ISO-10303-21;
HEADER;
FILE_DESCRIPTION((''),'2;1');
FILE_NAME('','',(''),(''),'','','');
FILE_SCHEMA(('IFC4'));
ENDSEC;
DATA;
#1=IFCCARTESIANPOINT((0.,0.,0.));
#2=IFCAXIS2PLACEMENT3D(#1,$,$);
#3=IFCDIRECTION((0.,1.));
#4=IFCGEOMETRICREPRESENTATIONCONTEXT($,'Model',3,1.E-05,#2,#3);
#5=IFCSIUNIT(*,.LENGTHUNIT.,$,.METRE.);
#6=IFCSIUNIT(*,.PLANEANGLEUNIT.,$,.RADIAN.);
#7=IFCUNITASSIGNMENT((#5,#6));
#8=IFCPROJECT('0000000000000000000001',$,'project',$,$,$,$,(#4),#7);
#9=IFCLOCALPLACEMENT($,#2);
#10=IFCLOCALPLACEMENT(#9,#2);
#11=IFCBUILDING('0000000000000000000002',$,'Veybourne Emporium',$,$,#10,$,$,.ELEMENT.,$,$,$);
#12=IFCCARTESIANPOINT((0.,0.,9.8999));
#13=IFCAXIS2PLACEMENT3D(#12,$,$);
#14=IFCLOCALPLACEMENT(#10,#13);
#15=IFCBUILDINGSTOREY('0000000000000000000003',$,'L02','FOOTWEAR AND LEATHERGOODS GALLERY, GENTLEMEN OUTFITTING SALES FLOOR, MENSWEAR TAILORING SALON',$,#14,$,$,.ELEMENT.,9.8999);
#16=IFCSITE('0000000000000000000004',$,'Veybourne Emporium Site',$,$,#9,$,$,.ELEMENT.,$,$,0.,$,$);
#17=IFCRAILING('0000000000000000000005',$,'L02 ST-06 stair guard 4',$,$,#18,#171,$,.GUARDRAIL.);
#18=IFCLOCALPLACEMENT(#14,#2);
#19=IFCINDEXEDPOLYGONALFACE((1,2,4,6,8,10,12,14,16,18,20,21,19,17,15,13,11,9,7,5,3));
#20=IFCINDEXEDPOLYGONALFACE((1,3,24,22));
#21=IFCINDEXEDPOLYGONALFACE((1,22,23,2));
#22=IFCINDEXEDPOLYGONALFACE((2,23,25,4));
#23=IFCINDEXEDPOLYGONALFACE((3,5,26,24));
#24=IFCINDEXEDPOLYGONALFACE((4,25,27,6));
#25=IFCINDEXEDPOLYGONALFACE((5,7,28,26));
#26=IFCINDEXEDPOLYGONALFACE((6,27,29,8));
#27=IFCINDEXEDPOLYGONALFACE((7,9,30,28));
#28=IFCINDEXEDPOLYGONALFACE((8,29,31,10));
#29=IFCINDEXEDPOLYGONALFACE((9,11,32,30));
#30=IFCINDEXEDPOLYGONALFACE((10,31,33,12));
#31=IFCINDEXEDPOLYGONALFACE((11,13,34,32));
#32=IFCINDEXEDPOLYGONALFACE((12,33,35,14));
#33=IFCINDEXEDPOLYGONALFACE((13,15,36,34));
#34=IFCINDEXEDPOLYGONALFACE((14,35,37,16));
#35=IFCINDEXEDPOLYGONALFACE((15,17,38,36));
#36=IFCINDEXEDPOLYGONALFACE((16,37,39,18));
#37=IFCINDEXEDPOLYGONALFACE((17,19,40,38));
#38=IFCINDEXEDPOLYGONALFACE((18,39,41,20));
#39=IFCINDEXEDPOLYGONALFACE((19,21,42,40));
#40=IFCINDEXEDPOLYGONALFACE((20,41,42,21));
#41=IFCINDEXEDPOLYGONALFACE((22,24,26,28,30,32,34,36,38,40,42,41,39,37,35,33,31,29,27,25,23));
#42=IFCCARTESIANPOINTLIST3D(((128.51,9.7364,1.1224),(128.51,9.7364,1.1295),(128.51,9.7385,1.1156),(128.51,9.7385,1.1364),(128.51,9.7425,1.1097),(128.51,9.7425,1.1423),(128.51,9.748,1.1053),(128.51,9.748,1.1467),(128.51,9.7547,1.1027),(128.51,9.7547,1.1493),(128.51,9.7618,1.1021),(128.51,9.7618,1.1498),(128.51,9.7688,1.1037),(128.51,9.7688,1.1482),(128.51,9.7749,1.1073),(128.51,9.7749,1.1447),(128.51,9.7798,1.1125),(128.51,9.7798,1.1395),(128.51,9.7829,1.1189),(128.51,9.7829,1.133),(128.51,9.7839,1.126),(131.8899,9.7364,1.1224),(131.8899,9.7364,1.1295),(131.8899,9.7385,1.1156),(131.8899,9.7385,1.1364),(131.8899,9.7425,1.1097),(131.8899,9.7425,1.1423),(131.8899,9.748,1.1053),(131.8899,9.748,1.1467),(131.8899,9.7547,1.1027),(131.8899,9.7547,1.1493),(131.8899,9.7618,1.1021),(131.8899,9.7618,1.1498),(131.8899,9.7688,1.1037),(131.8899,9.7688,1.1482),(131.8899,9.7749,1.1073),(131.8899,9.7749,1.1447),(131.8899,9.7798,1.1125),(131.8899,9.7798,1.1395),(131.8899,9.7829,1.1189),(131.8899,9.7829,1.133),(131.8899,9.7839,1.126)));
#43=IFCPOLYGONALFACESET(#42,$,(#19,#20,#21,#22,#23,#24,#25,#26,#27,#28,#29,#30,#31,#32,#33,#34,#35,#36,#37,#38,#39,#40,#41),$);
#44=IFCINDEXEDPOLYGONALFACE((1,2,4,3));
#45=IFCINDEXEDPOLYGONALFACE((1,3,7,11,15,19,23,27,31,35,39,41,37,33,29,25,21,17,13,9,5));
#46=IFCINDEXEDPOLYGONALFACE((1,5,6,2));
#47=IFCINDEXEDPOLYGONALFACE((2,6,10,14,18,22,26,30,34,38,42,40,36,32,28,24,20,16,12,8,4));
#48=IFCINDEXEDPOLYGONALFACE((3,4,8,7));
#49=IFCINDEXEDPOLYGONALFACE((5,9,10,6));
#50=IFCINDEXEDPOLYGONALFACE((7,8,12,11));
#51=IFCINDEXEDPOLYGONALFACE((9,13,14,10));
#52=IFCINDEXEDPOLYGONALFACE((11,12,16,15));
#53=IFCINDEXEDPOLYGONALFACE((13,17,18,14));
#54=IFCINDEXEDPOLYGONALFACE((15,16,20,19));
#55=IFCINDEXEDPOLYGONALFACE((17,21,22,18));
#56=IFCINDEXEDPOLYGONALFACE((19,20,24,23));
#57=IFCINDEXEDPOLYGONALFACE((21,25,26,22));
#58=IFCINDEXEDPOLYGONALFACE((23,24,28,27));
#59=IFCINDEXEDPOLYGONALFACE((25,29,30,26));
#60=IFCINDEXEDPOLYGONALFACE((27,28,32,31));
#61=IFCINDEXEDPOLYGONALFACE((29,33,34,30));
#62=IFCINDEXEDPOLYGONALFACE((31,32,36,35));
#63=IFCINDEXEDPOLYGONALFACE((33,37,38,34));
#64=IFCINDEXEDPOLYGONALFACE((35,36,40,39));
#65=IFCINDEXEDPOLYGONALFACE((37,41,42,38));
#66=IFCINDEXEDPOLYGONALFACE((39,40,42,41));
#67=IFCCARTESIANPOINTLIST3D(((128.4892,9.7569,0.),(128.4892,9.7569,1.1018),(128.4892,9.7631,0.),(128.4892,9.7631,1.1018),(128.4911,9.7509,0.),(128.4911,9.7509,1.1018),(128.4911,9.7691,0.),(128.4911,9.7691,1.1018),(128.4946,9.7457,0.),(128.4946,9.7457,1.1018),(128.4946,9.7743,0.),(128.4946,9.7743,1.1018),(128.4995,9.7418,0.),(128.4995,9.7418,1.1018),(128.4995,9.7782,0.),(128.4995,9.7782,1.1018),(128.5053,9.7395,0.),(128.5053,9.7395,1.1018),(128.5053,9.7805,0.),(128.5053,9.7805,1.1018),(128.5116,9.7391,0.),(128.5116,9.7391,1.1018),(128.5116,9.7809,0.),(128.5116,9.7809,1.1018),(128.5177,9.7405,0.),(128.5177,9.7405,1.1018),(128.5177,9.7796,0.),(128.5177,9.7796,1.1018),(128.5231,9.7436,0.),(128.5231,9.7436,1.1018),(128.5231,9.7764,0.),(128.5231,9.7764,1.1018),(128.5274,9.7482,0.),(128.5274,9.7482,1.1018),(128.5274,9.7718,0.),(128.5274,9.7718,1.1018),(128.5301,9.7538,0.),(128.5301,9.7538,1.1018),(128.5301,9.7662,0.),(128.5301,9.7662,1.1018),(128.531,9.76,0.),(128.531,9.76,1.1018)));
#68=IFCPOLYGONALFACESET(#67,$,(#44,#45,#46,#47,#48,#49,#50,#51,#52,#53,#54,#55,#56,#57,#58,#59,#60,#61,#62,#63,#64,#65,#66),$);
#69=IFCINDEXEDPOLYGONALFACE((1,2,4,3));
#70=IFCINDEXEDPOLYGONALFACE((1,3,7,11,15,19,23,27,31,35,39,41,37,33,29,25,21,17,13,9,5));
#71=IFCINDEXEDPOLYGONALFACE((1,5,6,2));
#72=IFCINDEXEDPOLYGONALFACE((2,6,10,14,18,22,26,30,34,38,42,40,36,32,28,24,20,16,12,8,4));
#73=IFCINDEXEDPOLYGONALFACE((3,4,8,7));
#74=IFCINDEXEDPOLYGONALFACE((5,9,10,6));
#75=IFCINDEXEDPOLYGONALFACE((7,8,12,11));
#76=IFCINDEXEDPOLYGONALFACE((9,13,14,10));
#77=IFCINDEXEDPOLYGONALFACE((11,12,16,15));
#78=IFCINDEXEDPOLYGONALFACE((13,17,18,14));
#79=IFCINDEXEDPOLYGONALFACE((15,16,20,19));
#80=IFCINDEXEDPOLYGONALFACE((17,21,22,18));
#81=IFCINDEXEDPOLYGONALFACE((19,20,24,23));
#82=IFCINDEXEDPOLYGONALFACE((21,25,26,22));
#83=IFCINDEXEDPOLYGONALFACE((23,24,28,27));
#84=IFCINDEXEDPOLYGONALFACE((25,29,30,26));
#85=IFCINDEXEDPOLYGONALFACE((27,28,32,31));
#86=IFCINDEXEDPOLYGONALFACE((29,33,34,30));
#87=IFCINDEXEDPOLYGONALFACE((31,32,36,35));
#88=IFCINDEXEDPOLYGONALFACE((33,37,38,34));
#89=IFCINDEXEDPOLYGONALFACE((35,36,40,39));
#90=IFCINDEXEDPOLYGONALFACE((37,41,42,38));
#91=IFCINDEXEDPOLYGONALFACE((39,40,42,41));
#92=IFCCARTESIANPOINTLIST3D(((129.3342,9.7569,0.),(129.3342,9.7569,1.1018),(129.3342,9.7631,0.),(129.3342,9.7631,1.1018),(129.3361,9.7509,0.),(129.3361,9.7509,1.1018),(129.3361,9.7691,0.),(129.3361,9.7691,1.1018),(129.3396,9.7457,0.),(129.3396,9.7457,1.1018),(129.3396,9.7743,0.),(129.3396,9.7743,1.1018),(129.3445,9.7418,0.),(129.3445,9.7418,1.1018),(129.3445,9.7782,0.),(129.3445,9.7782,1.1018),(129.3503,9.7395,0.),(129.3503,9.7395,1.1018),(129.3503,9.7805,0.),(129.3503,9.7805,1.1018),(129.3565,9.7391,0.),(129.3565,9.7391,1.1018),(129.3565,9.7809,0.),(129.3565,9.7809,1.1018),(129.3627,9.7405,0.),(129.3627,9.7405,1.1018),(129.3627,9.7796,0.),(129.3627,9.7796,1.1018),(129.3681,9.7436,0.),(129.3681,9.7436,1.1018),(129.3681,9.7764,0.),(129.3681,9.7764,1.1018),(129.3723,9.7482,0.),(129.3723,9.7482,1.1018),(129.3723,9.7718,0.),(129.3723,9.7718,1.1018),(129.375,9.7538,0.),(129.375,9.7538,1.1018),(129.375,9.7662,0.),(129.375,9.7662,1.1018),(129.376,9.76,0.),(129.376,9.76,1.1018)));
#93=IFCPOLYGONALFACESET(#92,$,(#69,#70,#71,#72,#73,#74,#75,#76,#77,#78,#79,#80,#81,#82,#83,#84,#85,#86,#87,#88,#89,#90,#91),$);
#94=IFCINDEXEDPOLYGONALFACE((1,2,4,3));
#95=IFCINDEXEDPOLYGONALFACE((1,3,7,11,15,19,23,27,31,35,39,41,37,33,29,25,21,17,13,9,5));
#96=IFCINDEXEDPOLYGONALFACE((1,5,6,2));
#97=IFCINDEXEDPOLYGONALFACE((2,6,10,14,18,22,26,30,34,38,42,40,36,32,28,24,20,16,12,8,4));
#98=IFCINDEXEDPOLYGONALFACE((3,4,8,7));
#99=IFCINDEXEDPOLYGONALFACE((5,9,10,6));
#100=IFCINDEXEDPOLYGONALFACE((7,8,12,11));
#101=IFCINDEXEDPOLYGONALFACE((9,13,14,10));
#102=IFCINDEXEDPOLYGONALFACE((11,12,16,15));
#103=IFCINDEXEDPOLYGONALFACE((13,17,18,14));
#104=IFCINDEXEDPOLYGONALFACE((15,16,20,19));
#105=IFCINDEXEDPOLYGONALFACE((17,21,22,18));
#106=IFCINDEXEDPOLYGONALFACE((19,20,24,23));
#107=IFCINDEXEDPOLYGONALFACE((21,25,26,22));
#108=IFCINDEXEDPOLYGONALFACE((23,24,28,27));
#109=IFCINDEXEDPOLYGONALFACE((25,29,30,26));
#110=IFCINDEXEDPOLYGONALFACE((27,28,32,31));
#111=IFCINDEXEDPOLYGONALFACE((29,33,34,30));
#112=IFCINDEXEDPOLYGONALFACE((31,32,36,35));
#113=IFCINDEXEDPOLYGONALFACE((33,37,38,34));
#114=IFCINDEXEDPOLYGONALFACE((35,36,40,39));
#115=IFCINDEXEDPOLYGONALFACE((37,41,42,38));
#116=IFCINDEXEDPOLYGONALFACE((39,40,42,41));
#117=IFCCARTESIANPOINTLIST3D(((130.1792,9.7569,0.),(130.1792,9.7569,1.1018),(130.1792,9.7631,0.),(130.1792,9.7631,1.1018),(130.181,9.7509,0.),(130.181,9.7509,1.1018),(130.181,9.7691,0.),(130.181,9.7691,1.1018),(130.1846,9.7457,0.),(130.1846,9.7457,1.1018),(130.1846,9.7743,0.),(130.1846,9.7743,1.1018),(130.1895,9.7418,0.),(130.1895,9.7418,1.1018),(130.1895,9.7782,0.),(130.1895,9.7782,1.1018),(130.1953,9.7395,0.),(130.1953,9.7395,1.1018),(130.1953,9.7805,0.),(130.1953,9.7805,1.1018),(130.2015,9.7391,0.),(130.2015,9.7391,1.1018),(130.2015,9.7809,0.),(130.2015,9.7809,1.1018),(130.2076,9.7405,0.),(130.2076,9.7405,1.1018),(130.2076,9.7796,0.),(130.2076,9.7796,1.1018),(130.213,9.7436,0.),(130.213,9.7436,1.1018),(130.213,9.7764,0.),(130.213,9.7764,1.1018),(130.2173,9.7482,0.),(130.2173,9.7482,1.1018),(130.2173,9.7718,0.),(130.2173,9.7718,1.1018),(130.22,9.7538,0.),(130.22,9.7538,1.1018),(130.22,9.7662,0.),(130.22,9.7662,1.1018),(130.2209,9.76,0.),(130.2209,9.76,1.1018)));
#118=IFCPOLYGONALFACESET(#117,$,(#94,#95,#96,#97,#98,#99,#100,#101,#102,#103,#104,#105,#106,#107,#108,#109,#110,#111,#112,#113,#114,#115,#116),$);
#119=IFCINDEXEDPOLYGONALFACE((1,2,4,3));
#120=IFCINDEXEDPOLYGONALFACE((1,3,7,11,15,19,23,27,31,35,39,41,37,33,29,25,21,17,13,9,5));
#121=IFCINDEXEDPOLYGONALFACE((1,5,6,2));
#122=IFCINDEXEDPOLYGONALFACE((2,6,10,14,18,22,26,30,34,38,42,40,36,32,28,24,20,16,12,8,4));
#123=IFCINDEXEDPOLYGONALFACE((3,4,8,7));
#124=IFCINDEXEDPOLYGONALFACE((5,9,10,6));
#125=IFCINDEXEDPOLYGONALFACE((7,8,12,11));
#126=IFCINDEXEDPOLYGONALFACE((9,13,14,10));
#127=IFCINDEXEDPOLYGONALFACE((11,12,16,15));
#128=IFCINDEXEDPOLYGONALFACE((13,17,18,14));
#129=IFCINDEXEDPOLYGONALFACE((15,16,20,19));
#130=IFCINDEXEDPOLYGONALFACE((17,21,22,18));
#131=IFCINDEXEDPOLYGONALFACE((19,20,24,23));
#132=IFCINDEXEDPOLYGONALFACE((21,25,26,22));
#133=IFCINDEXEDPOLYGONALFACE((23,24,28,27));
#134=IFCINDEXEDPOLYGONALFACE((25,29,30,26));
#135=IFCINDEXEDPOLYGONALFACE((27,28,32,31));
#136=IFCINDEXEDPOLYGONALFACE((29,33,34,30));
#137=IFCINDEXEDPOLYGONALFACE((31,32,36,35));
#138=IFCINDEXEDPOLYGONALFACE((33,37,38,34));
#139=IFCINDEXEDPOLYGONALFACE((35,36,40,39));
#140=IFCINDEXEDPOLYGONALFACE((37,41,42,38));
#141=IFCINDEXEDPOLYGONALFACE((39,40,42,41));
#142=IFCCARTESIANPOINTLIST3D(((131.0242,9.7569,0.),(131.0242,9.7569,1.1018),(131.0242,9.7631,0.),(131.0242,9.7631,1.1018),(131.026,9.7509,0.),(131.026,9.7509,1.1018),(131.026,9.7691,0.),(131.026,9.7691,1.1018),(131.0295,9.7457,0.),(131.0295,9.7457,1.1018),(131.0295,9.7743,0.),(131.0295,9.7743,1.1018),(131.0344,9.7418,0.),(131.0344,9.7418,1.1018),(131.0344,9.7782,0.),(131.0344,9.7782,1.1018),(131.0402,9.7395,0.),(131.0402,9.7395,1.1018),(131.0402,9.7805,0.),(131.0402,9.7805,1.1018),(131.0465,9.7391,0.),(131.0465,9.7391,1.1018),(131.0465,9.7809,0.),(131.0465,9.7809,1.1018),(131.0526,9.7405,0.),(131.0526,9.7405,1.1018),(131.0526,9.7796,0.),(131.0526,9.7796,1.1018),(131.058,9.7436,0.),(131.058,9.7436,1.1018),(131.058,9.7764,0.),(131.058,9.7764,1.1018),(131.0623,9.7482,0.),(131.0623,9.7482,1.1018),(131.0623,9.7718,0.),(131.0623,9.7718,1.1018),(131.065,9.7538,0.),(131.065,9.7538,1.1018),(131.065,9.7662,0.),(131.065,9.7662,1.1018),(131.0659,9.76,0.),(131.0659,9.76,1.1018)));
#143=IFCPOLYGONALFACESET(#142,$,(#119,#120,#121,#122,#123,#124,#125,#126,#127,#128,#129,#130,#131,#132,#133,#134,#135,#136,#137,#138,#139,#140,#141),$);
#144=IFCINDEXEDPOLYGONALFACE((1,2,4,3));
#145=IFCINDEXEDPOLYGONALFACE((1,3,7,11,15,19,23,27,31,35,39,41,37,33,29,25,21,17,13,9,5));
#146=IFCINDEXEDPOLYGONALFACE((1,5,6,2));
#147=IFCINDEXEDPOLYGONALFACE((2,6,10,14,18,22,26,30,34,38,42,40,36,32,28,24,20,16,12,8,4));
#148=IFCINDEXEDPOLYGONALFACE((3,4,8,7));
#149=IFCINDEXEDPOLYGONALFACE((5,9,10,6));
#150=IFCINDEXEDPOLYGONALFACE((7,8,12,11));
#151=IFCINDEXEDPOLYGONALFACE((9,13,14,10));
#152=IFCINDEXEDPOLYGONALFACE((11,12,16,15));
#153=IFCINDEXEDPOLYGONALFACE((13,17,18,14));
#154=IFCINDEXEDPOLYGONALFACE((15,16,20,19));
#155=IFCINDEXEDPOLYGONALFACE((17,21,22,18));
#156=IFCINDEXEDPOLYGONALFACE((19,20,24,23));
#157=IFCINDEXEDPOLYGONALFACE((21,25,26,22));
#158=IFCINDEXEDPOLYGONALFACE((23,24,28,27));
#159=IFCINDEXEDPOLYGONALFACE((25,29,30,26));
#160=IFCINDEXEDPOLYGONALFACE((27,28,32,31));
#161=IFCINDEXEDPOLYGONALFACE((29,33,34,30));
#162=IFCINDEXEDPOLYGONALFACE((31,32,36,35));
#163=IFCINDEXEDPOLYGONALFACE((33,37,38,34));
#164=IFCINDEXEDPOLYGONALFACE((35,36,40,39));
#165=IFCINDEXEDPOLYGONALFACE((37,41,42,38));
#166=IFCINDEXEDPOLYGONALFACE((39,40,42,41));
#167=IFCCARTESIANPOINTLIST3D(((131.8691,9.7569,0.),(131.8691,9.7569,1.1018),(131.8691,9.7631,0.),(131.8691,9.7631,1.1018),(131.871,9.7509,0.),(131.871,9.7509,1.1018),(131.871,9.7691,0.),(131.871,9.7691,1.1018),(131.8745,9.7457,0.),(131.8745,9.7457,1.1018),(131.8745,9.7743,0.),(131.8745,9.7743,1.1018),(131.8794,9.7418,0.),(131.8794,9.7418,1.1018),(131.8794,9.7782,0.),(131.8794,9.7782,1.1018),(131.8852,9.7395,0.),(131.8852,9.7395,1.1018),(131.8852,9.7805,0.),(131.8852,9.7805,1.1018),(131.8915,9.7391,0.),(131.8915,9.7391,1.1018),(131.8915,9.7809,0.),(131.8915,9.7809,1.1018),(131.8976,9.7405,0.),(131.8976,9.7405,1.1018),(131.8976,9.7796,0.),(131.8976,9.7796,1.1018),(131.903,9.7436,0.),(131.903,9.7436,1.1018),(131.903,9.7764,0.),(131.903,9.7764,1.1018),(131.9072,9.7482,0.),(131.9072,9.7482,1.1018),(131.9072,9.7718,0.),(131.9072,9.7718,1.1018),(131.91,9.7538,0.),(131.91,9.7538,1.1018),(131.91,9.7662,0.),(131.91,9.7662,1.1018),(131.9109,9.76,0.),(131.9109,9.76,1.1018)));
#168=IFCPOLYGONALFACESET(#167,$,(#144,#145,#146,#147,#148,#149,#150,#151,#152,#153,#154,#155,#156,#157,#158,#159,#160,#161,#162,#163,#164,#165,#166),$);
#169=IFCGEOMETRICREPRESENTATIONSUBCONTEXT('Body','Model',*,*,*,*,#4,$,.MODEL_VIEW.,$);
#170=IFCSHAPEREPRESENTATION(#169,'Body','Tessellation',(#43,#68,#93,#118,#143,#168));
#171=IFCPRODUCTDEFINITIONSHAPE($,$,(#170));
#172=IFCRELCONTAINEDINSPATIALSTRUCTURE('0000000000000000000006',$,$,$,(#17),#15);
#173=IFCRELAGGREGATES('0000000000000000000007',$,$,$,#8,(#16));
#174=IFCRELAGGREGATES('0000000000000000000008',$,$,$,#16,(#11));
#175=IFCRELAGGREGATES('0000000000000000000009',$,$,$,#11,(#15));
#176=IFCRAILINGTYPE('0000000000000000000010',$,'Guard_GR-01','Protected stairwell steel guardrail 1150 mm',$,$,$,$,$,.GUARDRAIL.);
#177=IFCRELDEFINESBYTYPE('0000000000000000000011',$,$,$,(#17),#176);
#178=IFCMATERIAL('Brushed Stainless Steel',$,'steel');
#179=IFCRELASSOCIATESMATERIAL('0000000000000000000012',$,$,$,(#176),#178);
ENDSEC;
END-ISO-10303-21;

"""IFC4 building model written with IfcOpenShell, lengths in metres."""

from ifc_helpers import new_model, si_unit, direction, frame, origin, origin_2d, place, context, subcontext, project, spatial, circle, extrude, material, type_object, element, save


model = new_model("IFC4")

# Units and contexts
model_context = context("Model", 3, precision=1e-05, world=origin(), true_north=direction((0.0, 1.0)))
body_context = subcontext(model_context, "Body", "Model", "MODEL_VIEW")
ifc_project = project(units=[si_unit("LENGTHUNIT", "METRE"), si_unit("PLANEANGLEUNIT", "RADIAN")], contexts=[model_context])

# Site, building, storey
site_placement = place(None, origin())
site = spatial("IfcSite", under=ifc_project, at=site_placement, Name="Veybourne Emporium Site", CompositionType="ELEMENT", RefElevation=0.0)
building_placement = place(site_placement, origin())
building = spatial("IfcBuilding", under=site, at=building_placement, Name="Veybourne Emporium", CompositionType="ELEMENT")
storey_placement = place(building_placement, frame((0.0, 0.0, 9.8999)))
storey = spatial("IfcBuildingStorey", under=building, at=storey_placement, Name="L02", Description="FOOTWEAR AND LEATHERGOODS GALLERY, GENTLEMEN OUTFITTING SALES FLOOR, MENSWEAR TAILORING SALON", CompositionType="ELEMENT", Elevation=9.8999)

# Railing
ifc_material_1 = material(Name="Brushed Stainless Steel", Category="steel")
railing_type_1 = type_object("IfcRailingType", Name="Guard_GR-01", Description="Protected stairwell steel guardrail 1150 mm", PredefinedType="GUARDRAIL", material=ifc_material_1)
railing_1_placement = place(storey_placement, frame((128.51, 9.76, 0.0)))
element("IfcRailing", 1, at=railing_1_placement, inside=storey, type_object=railing_type_1, Name="L02 ST-06 stair guard 4", PredefinedType="GUARDRAIL", context=body_context, shape_type="SweptSolid", body=[
    extrude(circle(Radius=0.0239, at=origin_2d()), frame((0.0, 0.0, 1.126), z_axis=(1.0, 0.0, 0.0), x_axis=(0.0, 1.0, 0.0)), (0.0, 0.0, 1.0), 3.3799),
    extrude(circle(Radius=0.021, at=origin_2d()), origin(), (0.0, 0.0, 1.0), 1.1018),
    extrude(circle(Radius=0.021, at=origin_2d()), frame((0.845, 0.0, 0.0)), (0.0, 0.0, 1.0), 1.1018),
    extrude(circle(Radius=0.021, at=origin_2d()), frame((1.6899, 0.0, 0.0)), (0.0, 0.0, 1.0), 1.1018),
    extrude(circle(Radius=0.021, at=origin_2d()), frame((2.5349, 0.0, 0.0)), (0.0, 0.0, 1.0), 1.1018),
    extrude(circle(Radius=0.021, at=origin_2d()), frame((3.3799, 0.0, 0.0)), (0.0, 0.0, 1.0), 1.1018),
])

save(model, "model.ifc")
